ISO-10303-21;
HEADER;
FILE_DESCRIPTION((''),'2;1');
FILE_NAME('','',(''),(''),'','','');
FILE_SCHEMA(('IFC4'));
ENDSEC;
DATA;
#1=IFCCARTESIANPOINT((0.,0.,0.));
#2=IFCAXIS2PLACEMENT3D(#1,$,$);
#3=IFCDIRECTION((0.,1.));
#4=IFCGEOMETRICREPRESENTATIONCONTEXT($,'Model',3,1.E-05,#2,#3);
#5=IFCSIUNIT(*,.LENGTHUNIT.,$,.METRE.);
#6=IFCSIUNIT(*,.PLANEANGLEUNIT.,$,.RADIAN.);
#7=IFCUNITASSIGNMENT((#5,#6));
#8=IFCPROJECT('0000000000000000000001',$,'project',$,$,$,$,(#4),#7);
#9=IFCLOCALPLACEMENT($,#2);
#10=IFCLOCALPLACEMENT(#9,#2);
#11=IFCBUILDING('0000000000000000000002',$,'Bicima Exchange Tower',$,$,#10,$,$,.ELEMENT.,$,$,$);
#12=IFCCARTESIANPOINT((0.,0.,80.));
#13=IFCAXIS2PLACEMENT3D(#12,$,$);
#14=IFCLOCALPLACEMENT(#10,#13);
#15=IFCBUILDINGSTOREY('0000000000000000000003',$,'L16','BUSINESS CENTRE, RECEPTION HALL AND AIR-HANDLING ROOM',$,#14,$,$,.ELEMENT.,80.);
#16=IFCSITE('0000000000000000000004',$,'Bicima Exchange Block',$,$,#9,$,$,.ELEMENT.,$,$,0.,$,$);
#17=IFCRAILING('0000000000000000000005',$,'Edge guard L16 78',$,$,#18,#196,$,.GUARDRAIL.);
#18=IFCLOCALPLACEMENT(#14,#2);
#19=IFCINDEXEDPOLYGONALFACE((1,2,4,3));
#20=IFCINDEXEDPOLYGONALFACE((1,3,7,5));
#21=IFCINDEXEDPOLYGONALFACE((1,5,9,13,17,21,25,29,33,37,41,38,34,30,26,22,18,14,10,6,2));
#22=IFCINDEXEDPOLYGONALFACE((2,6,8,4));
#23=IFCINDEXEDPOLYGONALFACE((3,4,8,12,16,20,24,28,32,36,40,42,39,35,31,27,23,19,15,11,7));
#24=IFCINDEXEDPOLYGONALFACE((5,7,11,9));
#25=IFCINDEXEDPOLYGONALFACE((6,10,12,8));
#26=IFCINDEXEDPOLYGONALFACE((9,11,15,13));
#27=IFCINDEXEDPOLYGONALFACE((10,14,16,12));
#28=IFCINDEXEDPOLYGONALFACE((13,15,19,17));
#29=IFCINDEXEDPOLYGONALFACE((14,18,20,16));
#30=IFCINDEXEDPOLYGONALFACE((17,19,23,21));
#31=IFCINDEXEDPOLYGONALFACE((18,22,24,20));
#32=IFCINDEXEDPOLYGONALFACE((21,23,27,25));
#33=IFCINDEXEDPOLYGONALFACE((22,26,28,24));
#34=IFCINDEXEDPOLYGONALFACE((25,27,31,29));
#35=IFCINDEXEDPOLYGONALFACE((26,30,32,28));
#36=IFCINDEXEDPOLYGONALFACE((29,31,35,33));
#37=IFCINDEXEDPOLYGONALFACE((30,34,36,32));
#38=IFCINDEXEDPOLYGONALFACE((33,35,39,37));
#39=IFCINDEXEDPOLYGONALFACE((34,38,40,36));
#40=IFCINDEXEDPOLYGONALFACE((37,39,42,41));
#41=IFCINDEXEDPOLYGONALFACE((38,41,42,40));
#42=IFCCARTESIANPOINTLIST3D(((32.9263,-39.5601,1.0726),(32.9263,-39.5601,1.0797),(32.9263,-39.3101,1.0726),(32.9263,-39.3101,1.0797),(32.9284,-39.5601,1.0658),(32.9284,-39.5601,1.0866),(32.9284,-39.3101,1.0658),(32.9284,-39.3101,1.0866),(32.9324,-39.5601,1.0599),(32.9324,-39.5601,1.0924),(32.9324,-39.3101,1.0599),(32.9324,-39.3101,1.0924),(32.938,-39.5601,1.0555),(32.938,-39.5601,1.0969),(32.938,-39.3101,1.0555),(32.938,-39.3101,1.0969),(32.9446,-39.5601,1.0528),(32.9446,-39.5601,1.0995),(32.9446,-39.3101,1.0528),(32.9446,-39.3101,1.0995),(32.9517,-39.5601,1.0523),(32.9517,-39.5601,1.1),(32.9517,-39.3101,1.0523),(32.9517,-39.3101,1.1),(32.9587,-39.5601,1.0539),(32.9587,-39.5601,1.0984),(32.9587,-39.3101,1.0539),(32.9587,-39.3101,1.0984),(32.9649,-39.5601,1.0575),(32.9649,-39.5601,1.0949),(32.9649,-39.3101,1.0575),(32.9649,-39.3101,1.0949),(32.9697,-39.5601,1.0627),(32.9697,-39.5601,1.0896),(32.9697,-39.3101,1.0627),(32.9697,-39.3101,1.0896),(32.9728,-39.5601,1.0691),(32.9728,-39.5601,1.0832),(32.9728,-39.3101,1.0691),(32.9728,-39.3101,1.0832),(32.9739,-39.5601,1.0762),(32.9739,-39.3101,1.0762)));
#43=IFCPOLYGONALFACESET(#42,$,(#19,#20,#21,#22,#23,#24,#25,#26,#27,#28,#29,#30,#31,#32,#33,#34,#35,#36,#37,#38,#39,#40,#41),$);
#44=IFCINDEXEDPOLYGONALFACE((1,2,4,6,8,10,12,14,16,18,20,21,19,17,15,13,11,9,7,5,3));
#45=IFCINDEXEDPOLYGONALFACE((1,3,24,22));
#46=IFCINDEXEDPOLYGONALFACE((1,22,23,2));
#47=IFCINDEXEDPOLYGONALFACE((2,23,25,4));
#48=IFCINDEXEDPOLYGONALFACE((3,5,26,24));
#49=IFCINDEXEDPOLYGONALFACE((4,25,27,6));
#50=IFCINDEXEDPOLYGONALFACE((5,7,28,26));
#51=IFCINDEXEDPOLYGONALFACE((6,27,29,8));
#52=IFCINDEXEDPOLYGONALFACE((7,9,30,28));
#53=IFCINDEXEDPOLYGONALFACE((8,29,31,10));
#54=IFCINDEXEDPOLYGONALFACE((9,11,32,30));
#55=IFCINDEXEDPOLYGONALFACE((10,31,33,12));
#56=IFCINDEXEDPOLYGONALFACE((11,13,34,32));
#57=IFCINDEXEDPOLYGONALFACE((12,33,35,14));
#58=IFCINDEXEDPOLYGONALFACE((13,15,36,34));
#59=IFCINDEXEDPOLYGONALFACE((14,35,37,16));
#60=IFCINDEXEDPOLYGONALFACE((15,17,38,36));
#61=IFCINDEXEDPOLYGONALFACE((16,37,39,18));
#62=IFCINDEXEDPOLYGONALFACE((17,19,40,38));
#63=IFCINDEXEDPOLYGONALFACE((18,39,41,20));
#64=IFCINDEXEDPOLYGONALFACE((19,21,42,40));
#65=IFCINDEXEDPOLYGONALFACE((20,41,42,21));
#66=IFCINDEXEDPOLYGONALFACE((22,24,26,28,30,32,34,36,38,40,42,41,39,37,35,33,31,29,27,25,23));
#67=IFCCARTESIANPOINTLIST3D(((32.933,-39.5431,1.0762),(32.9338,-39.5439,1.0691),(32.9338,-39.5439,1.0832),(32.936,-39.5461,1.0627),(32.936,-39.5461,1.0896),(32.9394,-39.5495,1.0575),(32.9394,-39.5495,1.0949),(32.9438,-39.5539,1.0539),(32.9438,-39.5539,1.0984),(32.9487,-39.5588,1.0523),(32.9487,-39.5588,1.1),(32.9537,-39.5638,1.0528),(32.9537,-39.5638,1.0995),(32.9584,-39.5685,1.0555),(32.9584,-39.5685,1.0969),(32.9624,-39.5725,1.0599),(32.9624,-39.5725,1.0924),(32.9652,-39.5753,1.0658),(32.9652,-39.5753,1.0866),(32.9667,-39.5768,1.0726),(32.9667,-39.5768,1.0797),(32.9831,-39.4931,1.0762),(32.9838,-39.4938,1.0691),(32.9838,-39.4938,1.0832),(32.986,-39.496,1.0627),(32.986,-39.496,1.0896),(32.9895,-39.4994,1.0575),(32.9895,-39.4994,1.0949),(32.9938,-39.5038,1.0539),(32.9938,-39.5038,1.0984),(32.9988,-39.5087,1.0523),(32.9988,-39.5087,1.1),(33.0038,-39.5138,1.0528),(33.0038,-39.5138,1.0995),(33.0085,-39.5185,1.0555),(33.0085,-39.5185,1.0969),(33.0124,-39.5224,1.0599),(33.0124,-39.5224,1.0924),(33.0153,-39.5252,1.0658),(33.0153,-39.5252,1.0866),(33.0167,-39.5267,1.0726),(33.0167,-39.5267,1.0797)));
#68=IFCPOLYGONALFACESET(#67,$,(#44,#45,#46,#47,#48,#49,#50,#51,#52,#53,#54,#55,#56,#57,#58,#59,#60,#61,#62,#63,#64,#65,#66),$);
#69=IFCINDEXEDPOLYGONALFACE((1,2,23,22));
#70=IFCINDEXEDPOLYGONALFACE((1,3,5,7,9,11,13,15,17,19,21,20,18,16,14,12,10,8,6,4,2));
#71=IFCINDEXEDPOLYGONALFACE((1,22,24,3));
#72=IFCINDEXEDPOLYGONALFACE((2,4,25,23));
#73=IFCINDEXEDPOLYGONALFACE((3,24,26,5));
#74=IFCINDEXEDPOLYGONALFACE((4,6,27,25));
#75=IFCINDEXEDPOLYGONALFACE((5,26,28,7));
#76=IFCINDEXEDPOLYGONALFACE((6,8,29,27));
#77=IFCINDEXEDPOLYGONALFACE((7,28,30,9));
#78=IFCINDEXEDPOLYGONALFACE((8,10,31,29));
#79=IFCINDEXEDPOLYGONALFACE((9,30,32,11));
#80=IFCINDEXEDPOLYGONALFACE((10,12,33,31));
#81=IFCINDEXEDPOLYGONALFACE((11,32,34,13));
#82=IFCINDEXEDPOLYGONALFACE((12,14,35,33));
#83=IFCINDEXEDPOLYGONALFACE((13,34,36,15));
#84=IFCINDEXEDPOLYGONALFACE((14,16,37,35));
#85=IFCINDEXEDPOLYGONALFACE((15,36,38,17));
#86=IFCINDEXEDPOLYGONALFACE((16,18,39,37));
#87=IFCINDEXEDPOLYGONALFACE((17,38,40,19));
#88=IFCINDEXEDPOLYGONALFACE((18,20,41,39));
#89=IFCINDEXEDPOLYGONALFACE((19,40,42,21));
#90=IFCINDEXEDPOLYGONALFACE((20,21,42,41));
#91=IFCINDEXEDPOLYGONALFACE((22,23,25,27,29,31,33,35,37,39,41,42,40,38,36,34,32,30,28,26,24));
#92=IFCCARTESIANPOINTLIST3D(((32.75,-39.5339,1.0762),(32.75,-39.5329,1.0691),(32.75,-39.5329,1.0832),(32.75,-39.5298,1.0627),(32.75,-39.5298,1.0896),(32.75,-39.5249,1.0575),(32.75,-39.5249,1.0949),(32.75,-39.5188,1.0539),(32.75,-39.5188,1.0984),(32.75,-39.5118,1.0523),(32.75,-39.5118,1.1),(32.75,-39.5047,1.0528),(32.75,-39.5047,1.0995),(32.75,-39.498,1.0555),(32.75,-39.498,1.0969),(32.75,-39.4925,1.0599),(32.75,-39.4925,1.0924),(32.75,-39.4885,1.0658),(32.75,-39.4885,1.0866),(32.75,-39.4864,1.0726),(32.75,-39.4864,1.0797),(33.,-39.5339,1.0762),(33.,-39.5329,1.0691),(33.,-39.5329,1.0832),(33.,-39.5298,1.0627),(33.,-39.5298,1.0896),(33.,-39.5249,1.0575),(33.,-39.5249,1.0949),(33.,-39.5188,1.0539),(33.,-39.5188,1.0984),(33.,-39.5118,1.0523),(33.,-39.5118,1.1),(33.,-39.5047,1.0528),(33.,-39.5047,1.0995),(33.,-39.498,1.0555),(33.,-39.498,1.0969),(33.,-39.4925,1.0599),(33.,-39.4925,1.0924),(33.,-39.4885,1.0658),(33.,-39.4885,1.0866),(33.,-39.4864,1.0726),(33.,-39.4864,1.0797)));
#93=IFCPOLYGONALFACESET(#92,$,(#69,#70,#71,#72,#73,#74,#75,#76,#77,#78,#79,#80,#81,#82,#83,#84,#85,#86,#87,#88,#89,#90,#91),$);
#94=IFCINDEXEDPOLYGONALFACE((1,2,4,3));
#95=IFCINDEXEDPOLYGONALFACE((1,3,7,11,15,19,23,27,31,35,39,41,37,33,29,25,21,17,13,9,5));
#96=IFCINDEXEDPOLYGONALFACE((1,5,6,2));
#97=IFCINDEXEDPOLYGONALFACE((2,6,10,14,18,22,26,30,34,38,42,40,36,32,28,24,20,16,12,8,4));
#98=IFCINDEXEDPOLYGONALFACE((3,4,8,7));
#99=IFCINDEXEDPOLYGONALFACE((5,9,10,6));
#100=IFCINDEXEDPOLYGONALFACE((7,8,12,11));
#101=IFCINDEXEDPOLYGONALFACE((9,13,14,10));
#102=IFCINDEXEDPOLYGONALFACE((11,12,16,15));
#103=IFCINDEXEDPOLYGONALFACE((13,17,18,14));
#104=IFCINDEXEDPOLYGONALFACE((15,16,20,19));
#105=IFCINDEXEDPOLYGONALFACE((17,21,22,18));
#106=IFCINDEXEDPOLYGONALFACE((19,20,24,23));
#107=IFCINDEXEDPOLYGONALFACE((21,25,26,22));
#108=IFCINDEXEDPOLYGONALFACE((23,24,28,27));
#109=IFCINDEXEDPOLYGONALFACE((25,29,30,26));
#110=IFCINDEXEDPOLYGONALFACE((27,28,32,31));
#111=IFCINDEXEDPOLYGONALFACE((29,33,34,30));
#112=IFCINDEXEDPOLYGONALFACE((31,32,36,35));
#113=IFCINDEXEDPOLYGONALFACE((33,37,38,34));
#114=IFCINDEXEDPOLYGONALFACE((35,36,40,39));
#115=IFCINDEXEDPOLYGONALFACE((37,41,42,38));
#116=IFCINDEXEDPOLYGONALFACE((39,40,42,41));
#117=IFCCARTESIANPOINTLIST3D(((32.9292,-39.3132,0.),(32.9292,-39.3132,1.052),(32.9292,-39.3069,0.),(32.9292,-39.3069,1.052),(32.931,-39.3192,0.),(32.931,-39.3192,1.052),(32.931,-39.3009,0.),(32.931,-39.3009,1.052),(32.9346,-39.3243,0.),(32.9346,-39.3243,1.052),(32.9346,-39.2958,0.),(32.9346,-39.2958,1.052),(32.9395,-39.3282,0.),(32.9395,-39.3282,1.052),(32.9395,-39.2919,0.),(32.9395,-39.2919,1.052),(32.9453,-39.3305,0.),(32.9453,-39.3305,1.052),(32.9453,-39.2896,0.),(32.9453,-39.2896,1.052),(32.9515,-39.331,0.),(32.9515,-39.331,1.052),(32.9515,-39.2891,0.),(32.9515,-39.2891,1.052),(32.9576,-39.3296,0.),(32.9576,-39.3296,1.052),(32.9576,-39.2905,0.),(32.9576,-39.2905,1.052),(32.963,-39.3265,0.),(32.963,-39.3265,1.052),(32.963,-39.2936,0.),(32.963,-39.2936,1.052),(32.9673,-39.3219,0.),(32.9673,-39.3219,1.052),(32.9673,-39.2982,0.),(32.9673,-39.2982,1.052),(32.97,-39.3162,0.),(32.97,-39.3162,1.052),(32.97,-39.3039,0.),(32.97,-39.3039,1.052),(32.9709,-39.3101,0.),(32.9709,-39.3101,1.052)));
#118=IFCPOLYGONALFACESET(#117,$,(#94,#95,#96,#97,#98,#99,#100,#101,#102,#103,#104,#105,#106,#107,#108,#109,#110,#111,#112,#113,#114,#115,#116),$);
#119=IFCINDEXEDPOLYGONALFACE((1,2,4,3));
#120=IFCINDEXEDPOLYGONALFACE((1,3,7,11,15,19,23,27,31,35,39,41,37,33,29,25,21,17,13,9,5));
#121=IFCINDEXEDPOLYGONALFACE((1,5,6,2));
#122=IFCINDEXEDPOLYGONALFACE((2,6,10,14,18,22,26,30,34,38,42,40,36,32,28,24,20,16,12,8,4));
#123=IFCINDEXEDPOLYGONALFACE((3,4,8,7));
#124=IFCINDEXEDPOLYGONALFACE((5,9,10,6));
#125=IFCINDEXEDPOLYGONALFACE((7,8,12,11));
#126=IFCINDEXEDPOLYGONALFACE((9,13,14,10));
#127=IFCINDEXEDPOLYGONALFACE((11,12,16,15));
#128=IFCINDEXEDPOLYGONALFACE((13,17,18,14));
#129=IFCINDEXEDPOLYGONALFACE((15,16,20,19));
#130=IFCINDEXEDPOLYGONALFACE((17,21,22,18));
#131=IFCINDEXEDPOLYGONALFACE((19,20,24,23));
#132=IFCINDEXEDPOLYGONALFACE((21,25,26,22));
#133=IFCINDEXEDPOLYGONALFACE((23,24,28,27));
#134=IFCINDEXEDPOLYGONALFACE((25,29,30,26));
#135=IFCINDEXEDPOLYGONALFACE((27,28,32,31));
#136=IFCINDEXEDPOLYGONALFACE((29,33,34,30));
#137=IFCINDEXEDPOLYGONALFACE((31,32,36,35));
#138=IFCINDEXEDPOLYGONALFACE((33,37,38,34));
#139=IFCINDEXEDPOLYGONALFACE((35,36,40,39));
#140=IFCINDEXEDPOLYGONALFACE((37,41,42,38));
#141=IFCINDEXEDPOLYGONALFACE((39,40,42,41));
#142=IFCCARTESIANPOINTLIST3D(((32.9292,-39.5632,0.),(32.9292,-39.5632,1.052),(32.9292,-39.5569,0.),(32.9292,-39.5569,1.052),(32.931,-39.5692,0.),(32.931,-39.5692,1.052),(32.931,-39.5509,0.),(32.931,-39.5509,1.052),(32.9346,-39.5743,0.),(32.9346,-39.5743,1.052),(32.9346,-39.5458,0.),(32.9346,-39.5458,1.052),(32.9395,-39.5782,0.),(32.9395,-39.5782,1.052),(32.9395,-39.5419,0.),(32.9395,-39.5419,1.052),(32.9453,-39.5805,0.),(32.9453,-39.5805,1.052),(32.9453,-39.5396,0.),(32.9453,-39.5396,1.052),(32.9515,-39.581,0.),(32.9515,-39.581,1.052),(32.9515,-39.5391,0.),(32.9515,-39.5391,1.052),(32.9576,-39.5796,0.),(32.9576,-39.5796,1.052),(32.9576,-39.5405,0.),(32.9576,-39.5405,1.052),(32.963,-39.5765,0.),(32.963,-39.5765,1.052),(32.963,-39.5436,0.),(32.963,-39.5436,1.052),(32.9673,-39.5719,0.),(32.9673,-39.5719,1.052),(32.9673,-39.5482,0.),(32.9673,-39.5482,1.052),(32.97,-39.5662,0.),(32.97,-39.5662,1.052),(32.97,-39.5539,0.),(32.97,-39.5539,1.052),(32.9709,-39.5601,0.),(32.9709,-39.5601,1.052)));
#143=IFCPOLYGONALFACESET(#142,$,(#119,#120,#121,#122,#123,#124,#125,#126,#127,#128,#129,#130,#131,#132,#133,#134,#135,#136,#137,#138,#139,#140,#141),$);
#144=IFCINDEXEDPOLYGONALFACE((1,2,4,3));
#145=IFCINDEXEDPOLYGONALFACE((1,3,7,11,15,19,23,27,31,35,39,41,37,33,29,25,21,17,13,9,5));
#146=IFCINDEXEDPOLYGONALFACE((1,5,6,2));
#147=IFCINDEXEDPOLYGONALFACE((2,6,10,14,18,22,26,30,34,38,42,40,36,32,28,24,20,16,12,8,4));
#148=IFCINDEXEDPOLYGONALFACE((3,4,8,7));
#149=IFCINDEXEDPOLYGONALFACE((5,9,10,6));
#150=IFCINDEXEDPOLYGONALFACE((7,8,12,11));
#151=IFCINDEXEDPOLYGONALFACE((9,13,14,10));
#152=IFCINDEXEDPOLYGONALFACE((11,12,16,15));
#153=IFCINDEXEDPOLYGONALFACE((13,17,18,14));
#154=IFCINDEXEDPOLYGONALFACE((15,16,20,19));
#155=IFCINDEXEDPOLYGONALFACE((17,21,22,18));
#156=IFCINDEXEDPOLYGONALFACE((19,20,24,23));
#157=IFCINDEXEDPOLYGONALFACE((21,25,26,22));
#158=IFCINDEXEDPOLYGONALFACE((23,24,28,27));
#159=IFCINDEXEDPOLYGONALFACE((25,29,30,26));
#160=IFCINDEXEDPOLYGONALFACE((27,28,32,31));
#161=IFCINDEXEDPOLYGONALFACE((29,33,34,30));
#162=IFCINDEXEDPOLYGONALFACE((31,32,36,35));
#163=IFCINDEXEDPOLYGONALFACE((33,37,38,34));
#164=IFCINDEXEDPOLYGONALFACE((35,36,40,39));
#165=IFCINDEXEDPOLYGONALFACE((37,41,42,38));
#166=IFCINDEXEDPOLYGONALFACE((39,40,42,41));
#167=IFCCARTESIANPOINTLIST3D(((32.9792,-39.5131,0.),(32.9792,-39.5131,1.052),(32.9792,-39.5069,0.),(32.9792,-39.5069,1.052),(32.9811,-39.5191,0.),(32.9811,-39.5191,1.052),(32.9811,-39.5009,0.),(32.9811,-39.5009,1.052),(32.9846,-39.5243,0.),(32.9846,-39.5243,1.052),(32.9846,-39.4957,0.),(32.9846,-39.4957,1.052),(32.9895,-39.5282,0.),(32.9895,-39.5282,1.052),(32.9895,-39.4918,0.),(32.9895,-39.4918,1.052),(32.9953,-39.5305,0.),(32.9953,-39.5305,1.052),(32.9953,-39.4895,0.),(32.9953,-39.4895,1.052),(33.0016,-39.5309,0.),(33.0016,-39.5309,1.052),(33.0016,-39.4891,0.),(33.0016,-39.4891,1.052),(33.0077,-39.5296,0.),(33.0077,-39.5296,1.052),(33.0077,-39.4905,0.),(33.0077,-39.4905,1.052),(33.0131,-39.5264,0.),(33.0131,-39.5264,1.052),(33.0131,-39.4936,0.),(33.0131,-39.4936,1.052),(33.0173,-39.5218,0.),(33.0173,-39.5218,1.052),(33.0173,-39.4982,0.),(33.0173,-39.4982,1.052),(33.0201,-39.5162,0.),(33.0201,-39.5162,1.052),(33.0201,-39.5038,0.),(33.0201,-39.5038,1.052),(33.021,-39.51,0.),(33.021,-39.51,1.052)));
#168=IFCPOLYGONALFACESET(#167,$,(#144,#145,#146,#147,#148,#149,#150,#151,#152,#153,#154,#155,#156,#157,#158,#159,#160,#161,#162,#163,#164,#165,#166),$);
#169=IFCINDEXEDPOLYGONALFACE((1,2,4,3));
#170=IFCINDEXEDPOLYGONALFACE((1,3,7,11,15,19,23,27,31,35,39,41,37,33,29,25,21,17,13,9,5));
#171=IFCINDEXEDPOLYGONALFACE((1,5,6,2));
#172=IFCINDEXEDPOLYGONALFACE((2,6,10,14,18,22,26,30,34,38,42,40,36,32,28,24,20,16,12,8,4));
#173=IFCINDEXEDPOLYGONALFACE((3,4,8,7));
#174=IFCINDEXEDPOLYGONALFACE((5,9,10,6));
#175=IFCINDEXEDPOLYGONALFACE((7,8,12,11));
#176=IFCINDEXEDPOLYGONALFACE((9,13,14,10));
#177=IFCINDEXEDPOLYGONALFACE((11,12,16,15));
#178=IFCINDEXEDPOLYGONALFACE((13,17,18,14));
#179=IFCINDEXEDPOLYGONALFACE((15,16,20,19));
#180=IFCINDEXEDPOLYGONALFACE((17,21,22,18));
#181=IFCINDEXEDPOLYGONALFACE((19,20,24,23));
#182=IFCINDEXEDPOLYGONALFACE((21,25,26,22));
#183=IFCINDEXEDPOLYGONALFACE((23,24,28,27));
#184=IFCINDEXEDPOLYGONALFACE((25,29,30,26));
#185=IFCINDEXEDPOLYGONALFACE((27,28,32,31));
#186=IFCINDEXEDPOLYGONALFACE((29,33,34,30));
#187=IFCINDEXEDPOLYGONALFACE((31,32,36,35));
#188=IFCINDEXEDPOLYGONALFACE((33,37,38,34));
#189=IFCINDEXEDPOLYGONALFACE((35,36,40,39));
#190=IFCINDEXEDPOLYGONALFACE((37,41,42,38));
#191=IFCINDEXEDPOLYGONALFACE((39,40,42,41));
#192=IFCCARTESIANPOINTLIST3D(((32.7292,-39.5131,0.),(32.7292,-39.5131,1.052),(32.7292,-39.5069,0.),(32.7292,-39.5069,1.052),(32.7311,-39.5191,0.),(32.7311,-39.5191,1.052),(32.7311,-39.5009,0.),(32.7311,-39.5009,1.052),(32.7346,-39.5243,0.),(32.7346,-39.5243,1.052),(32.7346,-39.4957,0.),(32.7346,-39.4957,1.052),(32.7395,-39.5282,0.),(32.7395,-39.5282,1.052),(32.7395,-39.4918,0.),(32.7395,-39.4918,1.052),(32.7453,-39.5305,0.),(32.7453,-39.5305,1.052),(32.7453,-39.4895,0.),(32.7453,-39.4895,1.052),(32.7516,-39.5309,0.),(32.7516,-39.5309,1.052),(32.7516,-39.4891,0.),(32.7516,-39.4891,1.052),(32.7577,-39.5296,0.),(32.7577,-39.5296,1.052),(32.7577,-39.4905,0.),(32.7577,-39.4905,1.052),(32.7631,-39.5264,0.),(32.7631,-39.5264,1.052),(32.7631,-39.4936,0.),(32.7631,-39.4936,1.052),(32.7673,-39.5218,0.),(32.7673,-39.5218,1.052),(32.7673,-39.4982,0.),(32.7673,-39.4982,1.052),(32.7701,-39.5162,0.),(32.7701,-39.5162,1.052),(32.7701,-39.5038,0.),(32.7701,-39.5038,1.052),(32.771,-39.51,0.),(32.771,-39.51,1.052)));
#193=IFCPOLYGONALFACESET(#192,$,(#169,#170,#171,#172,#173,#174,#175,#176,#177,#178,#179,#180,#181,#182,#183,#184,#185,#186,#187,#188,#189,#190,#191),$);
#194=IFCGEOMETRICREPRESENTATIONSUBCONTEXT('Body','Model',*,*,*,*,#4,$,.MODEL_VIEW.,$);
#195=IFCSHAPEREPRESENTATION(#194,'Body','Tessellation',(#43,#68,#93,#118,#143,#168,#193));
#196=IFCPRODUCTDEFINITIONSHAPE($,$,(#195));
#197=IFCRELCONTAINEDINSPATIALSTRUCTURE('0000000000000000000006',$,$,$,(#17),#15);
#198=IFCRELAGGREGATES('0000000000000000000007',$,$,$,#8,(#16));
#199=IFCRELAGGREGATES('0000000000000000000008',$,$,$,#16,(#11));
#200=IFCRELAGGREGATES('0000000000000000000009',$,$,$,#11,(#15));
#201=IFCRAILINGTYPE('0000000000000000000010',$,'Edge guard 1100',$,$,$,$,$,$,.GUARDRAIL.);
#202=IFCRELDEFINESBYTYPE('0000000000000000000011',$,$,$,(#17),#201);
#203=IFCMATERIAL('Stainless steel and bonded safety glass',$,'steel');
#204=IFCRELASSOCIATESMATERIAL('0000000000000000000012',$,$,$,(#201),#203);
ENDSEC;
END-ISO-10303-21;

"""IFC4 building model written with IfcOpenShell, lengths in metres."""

from ifc_helpers import new_model, si_unit, direction, frame, origin, origin_2d, place, context, subcontext, project, spatial, circle, extrude, material, type_object, element, save


model = new_model("IFC4")

# Units and contexts
model_context = context("Model", 3, precision=1e-05, world=origin(), true_north=direction((0.0, 1.0)))
body_context = subcontext(model_context, "Body", "Model", "MODEL_VIEW")
ifc_project = project(units=[si_unit("LENGTHUNIT", "METRE"), si_unit("PLANEANGLEUNIT", "RADIAN")], contexts=[model_context])

# Site, building, storey
site_placement = place(None, origin())
site = spatial("IfcSite", under=ifc_project, at=site_placement, Name="Bicima Exchange Block", CompositionType="ELEMENT", RefElevation=0.0)
building_placement = place(site_placement, origin())
building = spatial("IfcBuilding", under=site, at=building_placement, Name="Bicima Exchange Tower", CompositionType="ELEMENT")
storey_placement = place(building_placement, frame((0.0, 0.0, 80.0)))
storey = spatial("IfcBuildingStorey", under=building, at=storey_placement, Name="L16", Description="BUSINESS CENTRE, RECEPTION HALL AND AIR-HANDLING ROOM", CompositionType="ELEMENT", Elevation=80.0)

# Railing
ifc_material_1 = material(Name="Stainless steel and bonded safety glass", Category="steel")
railing_type = type_object("IfcRailingType", Name="Edge guard 1100", PredefinedType="GUARDRAIL", material=ifc_material_1)
railing_1_placement = place(storey_placement, frame((32.95, -39.3101, 0.0)))
element("IfcRailing", 1, at=railing_1_placement, inside=storey, type_object=railing_type, Name="Edge guard L16 78", PredefinedType="GUARDRAIL", context=body_context, shape_type="SweptSolid", body=[
    extrude(circle(Radius=0.0239, at=origin_2d()), frame((0.0, 0.0, 1.0762), z_axis=(0.0, -1.0, 0.0), x_axis=(1.0, 0.0, 0.0)), (0.0, 0.0, 1.0), 0.25),
    extrude(circle(Radius=0.0239, at=origin_2d()), frame((0.0, -0.25, 1.0762), z_axis=(0.707107, 0.707107, 0.0), x_axis=(-0.707107, 0.707107, 0.0)), (0.0, 0.0, 1.0), 0.0708),
    extrude(circle(Radius=0.0239, at=origin_2d()), frame((0.05, -0.2, 1.0762), z_axis=(-1.0, 0.0, 0.0), x_axis=(0.0, -1.0, 0.0)), (0.0, 0.0, 1.0), 0.25),
    extrude(circle(Radius=0.021, at=origin_2d()), origin(), (0.0, 0.0, 1.0), 1.052),
    extrude(circle(Radius=0.021, at=origin_2d()), frame((0.0, -0.25, 0.0)), (0.0, 0.0, 1.0), 1.052),
    extrude(circle(Radius=0.021, at=origin_2d()), frame((0.05, -0.2, 0.0)), (0.0, 0.0, 1.0), 1.052),
    extrude(circle(Radius=0.021, at=origin_2d()), frame((-0.2, -0.2, 0.0)), (0.0, 0.0, 1.0), 1.052),
])

save(model, "model.ifc")
